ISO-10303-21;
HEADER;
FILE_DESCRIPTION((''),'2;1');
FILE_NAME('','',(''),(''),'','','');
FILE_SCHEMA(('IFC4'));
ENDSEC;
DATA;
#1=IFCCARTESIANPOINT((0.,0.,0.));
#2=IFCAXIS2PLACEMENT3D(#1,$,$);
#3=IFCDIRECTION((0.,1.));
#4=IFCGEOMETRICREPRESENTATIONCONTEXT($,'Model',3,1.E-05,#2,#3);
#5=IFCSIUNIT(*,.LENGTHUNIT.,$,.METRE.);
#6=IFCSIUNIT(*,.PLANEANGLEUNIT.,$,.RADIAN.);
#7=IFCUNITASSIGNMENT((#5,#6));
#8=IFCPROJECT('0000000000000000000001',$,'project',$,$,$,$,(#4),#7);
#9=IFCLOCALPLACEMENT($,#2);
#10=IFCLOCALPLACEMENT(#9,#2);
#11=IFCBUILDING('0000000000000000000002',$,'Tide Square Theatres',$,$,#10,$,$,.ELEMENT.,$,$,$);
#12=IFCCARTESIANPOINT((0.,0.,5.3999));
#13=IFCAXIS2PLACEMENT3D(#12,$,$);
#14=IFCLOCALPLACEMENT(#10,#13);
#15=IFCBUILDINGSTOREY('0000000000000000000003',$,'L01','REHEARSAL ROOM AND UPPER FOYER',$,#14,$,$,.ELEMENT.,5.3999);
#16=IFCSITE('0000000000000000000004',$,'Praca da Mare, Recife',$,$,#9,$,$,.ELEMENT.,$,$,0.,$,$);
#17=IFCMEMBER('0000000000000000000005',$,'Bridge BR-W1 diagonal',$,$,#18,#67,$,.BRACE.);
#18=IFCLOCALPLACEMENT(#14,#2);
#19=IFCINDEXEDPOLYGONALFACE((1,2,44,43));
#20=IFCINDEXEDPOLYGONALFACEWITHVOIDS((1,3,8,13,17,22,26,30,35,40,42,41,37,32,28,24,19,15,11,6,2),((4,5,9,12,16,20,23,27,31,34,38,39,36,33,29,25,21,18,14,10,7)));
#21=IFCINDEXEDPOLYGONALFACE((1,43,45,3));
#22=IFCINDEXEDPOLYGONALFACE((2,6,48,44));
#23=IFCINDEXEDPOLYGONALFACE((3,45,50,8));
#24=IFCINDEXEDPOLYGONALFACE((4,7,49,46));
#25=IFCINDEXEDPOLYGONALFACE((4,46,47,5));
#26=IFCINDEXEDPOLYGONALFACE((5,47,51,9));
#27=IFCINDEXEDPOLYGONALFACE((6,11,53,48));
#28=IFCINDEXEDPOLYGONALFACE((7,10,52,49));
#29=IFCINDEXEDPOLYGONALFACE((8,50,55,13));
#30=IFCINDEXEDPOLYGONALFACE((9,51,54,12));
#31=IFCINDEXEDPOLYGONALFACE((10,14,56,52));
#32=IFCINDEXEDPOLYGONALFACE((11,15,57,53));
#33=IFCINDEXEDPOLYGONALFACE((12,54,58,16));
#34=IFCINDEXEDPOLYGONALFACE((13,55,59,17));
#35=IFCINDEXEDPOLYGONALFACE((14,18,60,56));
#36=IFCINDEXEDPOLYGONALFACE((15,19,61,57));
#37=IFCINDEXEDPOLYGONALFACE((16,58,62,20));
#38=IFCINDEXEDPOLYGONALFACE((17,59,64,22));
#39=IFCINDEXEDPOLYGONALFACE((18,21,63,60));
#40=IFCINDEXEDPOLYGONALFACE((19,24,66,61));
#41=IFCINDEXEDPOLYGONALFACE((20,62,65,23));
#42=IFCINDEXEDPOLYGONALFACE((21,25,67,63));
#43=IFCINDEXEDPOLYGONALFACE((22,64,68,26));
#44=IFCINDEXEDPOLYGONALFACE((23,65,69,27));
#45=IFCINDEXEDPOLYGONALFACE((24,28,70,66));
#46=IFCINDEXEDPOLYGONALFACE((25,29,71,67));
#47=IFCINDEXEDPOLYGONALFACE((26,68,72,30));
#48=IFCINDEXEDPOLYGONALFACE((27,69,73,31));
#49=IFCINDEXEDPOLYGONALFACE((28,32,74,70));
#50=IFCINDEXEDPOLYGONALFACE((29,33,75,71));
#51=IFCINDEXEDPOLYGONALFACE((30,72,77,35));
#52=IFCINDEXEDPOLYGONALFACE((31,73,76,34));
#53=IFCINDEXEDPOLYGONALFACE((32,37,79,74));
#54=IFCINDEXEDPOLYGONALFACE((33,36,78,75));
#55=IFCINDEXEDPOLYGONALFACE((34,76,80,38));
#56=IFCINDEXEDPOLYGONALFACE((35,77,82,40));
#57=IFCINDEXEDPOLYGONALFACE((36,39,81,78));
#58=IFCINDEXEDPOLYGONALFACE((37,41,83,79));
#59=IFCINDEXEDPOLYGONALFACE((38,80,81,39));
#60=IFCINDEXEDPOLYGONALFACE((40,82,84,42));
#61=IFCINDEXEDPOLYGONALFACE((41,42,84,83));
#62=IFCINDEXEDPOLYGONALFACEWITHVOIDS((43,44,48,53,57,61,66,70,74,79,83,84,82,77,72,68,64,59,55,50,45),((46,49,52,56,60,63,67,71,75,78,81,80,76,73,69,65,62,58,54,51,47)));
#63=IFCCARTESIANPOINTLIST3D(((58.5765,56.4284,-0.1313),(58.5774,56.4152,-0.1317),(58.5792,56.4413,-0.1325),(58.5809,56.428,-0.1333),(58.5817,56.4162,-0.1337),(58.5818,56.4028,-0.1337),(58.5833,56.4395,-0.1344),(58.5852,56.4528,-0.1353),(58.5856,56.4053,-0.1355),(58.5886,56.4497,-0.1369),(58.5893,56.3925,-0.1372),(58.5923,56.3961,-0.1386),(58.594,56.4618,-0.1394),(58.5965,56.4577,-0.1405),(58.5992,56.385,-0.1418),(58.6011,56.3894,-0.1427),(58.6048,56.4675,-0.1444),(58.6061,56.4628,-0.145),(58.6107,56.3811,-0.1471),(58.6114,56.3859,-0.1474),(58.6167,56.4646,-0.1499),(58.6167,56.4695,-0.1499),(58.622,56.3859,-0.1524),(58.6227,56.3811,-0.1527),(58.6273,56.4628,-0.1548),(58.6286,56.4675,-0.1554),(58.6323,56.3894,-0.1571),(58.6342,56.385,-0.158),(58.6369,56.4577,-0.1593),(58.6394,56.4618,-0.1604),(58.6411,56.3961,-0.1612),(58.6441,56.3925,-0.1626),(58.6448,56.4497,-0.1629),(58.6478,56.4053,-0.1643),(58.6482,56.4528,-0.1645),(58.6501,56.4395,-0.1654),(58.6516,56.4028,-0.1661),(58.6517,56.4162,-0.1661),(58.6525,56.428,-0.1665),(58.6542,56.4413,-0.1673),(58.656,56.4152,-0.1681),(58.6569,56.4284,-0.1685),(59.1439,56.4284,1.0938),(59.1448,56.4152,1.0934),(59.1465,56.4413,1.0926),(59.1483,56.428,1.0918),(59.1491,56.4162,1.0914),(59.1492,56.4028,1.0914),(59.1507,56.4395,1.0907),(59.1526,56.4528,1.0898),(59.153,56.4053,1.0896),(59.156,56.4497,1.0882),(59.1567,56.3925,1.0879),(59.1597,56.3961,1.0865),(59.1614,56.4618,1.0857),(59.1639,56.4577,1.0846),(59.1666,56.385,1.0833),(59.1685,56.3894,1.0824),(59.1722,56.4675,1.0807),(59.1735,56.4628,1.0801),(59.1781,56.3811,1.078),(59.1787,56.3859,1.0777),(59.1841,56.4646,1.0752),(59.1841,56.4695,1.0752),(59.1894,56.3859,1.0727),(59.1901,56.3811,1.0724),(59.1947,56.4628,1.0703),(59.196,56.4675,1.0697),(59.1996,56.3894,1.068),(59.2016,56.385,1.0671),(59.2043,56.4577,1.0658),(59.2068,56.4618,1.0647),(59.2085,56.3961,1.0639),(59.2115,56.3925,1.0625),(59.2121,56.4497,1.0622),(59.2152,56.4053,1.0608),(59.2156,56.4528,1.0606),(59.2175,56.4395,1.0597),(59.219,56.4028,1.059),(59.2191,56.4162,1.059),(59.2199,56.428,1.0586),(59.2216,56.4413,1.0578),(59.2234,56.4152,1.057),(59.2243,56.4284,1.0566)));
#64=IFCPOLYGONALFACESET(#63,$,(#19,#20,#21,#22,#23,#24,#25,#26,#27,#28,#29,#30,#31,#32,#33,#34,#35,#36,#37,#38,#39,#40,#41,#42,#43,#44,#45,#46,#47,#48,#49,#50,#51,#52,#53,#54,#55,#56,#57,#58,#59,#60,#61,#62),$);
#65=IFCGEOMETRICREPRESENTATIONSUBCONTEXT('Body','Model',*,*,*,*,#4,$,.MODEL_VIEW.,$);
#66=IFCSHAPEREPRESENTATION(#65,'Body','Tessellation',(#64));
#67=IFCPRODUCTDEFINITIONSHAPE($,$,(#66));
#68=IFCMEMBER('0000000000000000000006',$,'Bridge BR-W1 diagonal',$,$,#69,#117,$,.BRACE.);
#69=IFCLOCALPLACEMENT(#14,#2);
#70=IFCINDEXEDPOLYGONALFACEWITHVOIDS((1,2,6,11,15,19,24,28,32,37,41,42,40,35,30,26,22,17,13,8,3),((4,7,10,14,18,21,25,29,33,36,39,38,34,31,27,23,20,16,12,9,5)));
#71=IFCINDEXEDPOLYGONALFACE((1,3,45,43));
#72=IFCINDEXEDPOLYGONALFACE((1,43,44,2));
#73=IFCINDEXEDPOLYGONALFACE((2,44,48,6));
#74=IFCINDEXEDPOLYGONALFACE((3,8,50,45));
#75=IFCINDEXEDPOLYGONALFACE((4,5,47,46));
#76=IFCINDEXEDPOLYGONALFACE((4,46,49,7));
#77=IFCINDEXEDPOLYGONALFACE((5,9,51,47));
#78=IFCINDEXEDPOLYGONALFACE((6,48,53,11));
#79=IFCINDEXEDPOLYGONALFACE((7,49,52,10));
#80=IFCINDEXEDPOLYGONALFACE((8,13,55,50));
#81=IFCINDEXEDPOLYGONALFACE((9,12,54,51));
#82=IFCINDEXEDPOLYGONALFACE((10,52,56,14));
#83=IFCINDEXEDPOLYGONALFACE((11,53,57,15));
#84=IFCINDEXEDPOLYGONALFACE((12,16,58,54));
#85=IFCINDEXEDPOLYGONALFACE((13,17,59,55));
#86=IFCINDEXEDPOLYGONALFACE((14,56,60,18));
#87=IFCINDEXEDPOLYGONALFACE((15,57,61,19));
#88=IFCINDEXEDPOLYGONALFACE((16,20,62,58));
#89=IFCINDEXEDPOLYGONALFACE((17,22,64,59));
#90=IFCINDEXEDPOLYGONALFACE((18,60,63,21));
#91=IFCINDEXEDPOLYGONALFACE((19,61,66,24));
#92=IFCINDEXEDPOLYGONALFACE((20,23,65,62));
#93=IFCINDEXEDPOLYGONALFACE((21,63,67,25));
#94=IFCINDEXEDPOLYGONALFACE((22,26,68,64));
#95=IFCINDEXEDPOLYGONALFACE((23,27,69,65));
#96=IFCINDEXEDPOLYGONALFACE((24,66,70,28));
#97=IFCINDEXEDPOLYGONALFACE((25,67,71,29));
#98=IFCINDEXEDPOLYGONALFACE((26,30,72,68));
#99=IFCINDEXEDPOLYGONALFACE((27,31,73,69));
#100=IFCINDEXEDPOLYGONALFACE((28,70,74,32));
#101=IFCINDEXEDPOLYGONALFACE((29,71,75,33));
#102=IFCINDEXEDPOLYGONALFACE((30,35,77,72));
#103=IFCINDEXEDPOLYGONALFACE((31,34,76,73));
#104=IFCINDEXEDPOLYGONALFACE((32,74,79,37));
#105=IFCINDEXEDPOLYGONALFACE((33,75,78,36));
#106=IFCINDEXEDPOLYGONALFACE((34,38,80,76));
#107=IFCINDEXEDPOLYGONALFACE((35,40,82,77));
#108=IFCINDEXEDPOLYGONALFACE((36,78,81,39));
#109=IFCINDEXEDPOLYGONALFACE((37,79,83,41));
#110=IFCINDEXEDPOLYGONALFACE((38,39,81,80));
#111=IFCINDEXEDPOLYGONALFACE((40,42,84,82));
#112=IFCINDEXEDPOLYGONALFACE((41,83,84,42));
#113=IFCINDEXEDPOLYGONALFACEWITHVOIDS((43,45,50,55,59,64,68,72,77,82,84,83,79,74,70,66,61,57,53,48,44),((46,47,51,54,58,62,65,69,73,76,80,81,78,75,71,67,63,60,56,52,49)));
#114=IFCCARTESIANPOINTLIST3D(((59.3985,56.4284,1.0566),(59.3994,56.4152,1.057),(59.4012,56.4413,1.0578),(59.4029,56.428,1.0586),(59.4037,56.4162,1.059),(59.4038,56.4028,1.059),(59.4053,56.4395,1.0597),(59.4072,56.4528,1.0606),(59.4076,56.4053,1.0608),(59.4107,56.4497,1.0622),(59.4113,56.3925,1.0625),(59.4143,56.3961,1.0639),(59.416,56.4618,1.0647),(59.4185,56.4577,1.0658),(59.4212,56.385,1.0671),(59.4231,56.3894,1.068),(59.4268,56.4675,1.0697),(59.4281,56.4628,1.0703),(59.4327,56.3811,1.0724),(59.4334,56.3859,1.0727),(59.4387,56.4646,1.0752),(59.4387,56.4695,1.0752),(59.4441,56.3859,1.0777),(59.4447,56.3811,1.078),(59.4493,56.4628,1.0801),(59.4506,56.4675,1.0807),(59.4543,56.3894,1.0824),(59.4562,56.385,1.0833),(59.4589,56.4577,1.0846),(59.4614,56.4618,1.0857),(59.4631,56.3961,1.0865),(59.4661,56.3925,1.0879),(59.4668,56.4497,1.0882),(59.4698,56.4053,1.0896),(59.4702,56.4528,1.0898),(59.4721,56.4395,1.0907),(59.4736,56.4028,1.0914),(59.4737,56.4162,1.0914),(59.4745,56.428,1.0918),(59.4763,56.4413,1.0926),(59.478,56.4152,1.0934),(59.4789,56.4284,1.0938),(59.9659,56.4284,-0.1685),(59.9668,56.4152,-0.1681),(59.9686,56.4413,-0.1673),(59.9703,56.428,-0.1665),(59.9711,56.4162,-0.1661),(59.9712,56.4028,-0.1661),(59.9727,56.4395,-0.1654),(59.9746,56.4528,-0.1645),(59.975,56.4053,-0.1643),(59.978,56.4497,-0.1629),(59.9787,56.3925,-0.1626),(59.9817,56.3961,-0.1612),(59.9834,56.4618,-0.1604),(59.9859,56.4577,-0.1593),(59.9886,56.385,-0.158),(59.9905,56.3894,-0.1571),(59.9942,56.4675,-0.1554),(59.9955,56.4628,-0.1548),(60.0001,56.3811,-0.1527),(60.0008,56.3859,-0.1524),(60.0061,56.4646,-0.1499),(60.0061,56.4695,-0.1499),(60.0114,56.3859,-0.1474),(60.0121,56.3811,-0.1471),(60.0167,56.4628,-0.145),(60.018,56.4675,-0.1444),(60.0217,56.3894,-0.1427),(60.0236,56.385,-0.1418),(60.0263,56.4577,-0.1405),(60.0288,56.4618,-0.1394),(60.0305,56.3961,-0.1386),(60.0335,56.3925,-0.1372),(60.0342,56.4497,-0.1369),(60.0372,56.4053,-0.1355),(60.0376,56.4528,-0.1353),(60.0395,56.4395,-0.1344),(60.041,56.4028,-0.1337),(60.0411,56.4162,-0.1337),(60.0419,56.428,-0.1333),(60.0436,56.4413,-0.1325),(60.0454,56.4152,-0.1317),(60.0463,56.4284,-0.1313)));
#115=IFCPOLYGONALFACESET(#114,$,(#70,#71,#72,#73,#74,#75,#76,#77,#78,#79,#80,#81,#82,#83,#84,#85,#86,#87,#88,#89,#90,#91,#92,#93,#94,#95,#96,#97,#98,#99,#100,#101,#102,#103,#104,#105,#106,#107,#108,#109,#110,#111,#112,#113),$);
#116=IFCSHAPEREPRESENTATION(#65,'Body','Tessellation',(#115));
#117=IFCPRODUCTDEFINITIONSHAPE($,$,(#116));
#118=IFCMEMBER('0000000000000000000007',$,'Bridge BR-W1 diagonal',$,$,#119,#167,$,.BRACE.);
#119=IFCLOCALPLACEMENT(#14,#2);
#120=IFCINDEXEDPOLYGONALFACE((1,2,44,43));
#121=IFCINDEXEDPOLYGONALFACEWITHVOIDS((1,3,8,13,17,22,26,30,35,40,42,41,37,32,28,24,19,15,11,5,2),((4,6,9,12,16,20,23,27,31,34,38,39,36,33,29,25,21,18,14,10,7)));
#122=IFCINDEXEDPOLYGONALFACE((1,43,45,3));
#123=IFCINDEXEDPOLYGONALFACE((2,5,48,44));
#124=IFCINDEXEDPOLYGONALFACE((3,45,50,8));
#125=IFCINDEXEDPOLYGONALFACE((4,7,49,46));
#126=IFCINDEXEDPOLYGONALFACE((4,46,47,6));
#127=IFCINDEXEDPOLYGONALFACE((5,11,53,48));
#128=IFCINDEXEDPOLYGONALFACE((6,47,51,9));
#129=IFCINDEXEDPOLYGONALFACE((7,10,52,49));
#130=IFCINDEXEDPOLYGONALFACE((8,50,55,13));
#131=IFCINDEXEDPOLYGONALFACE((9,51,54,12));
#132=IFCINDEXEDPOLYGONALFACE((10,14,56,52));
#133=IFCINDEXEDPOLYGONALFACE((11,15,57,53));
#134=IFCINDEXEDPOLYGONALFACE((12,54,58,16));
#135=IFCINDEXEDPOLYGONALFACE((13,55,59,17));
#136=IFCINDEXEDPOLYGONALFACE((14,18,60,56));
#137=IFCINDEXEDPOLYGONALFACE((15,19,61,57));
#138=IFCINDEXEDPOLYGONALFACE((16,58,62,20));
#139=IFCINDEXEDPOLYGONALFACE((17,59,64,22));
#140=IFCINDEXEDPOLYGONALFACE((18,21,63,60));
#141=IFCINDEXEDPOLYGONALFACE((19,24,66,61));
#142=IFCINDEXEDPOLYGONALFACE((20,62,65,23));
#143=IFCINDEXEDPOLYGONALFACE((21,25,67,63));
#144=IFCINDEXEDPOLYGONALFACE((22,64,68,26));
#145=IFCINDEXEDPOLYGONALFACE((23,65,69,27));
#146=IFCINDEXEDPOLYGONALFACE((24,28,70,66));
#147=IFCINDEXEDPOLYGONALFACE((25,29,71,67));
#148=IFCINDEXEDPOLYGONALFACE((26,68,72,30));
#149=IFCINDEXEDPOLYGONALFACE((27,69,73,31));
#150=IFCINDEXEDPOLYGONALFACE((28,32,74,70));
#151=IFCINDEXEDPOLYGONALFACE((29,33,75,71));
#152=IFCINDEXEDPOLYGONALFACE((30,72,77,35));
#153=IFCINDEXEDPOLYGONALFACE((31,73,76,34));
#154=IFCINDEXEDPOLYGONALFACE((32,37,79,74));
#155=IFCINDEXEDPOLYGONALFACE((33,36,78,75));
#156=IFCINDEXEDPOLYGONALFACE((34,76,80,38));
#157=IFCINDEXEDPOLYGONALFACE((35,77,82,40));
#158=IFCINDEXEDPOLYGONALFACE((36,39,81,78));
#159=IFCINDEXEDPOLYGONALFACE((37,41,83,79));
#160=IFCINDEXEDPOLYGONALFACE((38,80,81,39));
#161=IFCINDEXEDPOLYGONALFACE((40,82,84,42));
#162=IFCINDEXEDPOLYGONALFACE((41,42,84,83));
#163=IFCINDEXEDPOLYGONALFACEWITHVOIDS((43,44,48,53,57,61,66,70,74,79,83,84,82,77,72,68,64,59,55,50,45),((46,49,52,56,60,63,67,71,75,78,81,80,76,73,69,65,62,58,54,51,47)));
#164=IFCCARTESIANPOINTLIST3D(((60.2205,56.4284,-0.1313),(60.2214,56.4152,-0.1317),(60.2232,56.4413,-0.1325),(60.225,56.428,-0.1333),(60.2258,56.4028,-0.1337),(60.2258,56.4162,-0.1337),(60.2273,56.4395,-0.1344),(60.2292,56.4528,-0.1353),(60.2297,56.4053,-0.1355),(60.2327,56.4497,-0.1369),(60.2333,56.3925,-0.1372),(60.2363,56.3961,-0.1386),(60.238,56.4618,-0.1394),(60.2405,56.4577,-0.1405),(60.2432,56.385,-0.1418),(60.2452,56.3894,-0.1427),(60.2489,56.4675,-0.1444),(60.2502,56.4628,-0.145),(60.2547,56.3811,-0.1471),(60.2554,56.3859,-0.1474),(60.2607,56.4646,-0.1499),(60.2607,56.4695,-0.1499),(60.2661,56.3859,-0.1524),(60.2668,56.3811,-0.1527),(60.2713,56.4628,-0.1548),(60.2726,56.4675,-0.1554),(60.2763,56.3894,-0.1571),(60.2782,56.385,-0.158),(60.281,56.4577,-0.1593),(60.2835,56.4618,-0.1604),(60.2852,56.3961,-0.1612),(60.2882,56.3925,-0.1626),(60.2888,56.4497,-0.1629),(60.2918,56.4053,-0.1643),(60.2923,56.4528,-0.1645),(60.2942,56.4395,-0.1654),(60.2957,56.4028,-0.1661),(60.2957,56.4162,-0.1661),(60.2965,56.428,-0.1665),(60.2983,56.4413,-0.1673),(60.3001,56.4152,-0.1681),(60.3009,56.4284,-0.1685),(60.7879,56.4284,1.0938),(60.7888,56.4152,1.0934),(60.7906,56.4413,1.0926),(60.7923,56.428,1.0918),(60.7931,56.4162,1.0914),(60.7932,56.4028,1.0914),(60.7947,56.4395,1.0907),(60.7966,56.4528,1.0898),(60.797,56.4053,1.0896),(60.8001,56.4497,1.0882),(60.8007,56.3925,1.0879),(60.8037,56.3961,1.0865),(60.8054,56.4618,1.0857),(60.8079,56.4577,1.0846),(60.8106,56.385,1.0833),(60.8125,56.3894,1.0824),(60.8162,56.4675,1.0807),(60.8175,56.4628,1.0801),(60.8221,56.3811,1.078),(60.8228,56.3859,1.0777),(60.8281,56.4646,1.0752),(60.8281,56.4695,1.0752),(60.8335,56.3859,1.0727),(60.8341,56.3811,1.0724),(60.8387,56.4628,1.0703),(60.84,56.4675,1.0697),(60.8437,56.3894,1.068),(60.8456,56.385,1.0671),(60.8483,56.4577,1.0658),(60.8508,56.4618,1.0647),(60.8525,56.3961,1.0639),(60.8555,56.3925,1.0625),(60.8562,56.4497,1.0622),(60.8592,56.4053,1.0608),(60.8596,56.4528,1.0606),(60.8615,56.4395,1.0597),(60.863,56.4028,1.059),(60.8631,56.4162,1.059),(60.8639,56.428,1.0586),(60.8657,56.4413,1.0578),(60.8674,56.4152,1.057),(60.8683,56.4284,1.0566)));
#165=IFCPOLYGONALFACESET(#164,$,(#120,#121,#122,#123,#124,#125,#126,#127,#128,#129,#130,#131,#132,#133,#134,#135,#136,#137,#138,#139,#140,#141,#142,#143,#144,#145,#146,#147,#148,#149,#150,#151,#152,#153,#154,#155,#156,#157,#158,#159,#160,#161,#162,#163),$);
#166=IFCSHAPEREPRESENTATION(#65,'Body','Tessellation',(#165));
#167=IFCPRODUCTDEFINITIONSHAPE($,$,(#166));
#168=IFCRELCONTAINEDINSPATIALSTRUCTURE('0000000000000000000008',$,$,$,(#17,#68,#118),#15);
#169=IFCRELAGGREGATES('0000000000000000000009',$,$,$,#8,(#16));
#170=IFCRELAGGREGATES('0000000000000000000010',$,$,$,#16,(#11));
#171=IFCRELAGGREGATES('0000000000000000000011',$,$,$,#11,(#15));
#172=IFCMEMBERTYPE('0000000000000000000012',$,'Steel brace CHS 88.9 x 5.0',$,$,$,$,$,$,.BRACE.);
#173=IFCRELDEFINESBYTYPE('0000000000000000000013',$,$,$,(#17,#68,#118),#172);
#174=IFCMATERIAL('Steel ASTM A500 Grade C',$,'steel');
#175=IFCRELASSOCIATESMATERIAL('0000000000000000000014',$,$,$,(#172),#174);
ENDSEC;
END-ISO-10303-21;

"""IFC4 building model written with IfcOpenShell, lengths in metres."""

from ifc_helpers import new_model, si_unit, direction, frame, origin, origin_2d, place, context, subcontext, project, spatial, hollow_circle, extrude, material, material_profile, profile_set, type_object, element, save


model = new_model("IFC4")

# Units and contexts
model_context = context("Model", 3, precision=1e-05, world=origin(), true_north=direction((0.0, 1.0)))
body_context = subcontext(model_context, "Body", "Model", "MODEL_VIEW")
ifc_project = project(units=[si_unit("LENGTHUNIT", "METRE"), si_unit("PLANEANGLEUNIT", "RADIAN")], contexts=[model_context])

# Site, building, storey
site_placement = place(None, origin())
site = spatial("IfcSite", under=ifc_project, at=site_placement, Name="Praca da Mare, Recife", CompositionType="ELEMENT", RefElevation=0.0)
building_placement = place(site_placement, origin())
building = spatial("IfcBuilding", under=site, at=building_placement, Name="Tide Square Theatres", CompositionType="ELEMENT")
storey_placement = place(building_placement, frame((0.0, 0.0, 5.3999)))
storey = spatial("IfcBuildingStorey", under=building, at=storey_placement, Name="L01", Description="REHEARSAL ROOM AND UPPER FOYER", CompositionType="ELEMENT", Elevation=5.3999)

# Members
ifc_material_1 = material(Name="Steel ASTM A500 Grade C", Category="steel")
ifc_material_profile_1 = material_profile(ifc_material_1, hollow_circle(Radius=0.0444, WallThickness=0.0049, at=origin_2d()))
ifc_profile_set_1 = profile_set([ifc_material_profile_1], Name="Steel ASTM A500 Grade C")
member_type_1 = type_object("IfcMemberType", Name="Steel brace CHS 88.9 x 5.0", PredefinedType="BRACE", material=ifc_profile_set_1)
for number, where, z_axis, x_axis, name in (
    (1, (58.6167, 56.425, -0.1499), (0.42025, 0.0, 0.907408), (0.0, 1.0, 0.0), "Bridge BR-W1 diagonal"),
    (2, (59.4387, 56.425, 1.0752), (0.42025, 0.0, -0.907408), (0.0, 1.0, 0.0), "Bridge BR-W1 diagonal"),
    (3, (60.2607, 56.425, -0.1499), (0.42025, 0.0, 0.907408), (0.0, 1.0, 0.0), "Bridge BR-W1 diagonal"),
):
    element("IfcMember", number, at=place(storey_placement, frame(where, z_axis=z_axis, x_axis=x_axis)), inside=storey, type_object=member_type_1, Name=name, PredefinedType="BRACE", context=body_context, shape_type="SweptSolid", body=[
        extrude(hollow_circle(Radius=0.0444, WallThickness=0.0049, at=origin_2d()), origin(), (0.0, 0.0, 1.0), 1.3501),
    ])

save(model, "model.ifc")
